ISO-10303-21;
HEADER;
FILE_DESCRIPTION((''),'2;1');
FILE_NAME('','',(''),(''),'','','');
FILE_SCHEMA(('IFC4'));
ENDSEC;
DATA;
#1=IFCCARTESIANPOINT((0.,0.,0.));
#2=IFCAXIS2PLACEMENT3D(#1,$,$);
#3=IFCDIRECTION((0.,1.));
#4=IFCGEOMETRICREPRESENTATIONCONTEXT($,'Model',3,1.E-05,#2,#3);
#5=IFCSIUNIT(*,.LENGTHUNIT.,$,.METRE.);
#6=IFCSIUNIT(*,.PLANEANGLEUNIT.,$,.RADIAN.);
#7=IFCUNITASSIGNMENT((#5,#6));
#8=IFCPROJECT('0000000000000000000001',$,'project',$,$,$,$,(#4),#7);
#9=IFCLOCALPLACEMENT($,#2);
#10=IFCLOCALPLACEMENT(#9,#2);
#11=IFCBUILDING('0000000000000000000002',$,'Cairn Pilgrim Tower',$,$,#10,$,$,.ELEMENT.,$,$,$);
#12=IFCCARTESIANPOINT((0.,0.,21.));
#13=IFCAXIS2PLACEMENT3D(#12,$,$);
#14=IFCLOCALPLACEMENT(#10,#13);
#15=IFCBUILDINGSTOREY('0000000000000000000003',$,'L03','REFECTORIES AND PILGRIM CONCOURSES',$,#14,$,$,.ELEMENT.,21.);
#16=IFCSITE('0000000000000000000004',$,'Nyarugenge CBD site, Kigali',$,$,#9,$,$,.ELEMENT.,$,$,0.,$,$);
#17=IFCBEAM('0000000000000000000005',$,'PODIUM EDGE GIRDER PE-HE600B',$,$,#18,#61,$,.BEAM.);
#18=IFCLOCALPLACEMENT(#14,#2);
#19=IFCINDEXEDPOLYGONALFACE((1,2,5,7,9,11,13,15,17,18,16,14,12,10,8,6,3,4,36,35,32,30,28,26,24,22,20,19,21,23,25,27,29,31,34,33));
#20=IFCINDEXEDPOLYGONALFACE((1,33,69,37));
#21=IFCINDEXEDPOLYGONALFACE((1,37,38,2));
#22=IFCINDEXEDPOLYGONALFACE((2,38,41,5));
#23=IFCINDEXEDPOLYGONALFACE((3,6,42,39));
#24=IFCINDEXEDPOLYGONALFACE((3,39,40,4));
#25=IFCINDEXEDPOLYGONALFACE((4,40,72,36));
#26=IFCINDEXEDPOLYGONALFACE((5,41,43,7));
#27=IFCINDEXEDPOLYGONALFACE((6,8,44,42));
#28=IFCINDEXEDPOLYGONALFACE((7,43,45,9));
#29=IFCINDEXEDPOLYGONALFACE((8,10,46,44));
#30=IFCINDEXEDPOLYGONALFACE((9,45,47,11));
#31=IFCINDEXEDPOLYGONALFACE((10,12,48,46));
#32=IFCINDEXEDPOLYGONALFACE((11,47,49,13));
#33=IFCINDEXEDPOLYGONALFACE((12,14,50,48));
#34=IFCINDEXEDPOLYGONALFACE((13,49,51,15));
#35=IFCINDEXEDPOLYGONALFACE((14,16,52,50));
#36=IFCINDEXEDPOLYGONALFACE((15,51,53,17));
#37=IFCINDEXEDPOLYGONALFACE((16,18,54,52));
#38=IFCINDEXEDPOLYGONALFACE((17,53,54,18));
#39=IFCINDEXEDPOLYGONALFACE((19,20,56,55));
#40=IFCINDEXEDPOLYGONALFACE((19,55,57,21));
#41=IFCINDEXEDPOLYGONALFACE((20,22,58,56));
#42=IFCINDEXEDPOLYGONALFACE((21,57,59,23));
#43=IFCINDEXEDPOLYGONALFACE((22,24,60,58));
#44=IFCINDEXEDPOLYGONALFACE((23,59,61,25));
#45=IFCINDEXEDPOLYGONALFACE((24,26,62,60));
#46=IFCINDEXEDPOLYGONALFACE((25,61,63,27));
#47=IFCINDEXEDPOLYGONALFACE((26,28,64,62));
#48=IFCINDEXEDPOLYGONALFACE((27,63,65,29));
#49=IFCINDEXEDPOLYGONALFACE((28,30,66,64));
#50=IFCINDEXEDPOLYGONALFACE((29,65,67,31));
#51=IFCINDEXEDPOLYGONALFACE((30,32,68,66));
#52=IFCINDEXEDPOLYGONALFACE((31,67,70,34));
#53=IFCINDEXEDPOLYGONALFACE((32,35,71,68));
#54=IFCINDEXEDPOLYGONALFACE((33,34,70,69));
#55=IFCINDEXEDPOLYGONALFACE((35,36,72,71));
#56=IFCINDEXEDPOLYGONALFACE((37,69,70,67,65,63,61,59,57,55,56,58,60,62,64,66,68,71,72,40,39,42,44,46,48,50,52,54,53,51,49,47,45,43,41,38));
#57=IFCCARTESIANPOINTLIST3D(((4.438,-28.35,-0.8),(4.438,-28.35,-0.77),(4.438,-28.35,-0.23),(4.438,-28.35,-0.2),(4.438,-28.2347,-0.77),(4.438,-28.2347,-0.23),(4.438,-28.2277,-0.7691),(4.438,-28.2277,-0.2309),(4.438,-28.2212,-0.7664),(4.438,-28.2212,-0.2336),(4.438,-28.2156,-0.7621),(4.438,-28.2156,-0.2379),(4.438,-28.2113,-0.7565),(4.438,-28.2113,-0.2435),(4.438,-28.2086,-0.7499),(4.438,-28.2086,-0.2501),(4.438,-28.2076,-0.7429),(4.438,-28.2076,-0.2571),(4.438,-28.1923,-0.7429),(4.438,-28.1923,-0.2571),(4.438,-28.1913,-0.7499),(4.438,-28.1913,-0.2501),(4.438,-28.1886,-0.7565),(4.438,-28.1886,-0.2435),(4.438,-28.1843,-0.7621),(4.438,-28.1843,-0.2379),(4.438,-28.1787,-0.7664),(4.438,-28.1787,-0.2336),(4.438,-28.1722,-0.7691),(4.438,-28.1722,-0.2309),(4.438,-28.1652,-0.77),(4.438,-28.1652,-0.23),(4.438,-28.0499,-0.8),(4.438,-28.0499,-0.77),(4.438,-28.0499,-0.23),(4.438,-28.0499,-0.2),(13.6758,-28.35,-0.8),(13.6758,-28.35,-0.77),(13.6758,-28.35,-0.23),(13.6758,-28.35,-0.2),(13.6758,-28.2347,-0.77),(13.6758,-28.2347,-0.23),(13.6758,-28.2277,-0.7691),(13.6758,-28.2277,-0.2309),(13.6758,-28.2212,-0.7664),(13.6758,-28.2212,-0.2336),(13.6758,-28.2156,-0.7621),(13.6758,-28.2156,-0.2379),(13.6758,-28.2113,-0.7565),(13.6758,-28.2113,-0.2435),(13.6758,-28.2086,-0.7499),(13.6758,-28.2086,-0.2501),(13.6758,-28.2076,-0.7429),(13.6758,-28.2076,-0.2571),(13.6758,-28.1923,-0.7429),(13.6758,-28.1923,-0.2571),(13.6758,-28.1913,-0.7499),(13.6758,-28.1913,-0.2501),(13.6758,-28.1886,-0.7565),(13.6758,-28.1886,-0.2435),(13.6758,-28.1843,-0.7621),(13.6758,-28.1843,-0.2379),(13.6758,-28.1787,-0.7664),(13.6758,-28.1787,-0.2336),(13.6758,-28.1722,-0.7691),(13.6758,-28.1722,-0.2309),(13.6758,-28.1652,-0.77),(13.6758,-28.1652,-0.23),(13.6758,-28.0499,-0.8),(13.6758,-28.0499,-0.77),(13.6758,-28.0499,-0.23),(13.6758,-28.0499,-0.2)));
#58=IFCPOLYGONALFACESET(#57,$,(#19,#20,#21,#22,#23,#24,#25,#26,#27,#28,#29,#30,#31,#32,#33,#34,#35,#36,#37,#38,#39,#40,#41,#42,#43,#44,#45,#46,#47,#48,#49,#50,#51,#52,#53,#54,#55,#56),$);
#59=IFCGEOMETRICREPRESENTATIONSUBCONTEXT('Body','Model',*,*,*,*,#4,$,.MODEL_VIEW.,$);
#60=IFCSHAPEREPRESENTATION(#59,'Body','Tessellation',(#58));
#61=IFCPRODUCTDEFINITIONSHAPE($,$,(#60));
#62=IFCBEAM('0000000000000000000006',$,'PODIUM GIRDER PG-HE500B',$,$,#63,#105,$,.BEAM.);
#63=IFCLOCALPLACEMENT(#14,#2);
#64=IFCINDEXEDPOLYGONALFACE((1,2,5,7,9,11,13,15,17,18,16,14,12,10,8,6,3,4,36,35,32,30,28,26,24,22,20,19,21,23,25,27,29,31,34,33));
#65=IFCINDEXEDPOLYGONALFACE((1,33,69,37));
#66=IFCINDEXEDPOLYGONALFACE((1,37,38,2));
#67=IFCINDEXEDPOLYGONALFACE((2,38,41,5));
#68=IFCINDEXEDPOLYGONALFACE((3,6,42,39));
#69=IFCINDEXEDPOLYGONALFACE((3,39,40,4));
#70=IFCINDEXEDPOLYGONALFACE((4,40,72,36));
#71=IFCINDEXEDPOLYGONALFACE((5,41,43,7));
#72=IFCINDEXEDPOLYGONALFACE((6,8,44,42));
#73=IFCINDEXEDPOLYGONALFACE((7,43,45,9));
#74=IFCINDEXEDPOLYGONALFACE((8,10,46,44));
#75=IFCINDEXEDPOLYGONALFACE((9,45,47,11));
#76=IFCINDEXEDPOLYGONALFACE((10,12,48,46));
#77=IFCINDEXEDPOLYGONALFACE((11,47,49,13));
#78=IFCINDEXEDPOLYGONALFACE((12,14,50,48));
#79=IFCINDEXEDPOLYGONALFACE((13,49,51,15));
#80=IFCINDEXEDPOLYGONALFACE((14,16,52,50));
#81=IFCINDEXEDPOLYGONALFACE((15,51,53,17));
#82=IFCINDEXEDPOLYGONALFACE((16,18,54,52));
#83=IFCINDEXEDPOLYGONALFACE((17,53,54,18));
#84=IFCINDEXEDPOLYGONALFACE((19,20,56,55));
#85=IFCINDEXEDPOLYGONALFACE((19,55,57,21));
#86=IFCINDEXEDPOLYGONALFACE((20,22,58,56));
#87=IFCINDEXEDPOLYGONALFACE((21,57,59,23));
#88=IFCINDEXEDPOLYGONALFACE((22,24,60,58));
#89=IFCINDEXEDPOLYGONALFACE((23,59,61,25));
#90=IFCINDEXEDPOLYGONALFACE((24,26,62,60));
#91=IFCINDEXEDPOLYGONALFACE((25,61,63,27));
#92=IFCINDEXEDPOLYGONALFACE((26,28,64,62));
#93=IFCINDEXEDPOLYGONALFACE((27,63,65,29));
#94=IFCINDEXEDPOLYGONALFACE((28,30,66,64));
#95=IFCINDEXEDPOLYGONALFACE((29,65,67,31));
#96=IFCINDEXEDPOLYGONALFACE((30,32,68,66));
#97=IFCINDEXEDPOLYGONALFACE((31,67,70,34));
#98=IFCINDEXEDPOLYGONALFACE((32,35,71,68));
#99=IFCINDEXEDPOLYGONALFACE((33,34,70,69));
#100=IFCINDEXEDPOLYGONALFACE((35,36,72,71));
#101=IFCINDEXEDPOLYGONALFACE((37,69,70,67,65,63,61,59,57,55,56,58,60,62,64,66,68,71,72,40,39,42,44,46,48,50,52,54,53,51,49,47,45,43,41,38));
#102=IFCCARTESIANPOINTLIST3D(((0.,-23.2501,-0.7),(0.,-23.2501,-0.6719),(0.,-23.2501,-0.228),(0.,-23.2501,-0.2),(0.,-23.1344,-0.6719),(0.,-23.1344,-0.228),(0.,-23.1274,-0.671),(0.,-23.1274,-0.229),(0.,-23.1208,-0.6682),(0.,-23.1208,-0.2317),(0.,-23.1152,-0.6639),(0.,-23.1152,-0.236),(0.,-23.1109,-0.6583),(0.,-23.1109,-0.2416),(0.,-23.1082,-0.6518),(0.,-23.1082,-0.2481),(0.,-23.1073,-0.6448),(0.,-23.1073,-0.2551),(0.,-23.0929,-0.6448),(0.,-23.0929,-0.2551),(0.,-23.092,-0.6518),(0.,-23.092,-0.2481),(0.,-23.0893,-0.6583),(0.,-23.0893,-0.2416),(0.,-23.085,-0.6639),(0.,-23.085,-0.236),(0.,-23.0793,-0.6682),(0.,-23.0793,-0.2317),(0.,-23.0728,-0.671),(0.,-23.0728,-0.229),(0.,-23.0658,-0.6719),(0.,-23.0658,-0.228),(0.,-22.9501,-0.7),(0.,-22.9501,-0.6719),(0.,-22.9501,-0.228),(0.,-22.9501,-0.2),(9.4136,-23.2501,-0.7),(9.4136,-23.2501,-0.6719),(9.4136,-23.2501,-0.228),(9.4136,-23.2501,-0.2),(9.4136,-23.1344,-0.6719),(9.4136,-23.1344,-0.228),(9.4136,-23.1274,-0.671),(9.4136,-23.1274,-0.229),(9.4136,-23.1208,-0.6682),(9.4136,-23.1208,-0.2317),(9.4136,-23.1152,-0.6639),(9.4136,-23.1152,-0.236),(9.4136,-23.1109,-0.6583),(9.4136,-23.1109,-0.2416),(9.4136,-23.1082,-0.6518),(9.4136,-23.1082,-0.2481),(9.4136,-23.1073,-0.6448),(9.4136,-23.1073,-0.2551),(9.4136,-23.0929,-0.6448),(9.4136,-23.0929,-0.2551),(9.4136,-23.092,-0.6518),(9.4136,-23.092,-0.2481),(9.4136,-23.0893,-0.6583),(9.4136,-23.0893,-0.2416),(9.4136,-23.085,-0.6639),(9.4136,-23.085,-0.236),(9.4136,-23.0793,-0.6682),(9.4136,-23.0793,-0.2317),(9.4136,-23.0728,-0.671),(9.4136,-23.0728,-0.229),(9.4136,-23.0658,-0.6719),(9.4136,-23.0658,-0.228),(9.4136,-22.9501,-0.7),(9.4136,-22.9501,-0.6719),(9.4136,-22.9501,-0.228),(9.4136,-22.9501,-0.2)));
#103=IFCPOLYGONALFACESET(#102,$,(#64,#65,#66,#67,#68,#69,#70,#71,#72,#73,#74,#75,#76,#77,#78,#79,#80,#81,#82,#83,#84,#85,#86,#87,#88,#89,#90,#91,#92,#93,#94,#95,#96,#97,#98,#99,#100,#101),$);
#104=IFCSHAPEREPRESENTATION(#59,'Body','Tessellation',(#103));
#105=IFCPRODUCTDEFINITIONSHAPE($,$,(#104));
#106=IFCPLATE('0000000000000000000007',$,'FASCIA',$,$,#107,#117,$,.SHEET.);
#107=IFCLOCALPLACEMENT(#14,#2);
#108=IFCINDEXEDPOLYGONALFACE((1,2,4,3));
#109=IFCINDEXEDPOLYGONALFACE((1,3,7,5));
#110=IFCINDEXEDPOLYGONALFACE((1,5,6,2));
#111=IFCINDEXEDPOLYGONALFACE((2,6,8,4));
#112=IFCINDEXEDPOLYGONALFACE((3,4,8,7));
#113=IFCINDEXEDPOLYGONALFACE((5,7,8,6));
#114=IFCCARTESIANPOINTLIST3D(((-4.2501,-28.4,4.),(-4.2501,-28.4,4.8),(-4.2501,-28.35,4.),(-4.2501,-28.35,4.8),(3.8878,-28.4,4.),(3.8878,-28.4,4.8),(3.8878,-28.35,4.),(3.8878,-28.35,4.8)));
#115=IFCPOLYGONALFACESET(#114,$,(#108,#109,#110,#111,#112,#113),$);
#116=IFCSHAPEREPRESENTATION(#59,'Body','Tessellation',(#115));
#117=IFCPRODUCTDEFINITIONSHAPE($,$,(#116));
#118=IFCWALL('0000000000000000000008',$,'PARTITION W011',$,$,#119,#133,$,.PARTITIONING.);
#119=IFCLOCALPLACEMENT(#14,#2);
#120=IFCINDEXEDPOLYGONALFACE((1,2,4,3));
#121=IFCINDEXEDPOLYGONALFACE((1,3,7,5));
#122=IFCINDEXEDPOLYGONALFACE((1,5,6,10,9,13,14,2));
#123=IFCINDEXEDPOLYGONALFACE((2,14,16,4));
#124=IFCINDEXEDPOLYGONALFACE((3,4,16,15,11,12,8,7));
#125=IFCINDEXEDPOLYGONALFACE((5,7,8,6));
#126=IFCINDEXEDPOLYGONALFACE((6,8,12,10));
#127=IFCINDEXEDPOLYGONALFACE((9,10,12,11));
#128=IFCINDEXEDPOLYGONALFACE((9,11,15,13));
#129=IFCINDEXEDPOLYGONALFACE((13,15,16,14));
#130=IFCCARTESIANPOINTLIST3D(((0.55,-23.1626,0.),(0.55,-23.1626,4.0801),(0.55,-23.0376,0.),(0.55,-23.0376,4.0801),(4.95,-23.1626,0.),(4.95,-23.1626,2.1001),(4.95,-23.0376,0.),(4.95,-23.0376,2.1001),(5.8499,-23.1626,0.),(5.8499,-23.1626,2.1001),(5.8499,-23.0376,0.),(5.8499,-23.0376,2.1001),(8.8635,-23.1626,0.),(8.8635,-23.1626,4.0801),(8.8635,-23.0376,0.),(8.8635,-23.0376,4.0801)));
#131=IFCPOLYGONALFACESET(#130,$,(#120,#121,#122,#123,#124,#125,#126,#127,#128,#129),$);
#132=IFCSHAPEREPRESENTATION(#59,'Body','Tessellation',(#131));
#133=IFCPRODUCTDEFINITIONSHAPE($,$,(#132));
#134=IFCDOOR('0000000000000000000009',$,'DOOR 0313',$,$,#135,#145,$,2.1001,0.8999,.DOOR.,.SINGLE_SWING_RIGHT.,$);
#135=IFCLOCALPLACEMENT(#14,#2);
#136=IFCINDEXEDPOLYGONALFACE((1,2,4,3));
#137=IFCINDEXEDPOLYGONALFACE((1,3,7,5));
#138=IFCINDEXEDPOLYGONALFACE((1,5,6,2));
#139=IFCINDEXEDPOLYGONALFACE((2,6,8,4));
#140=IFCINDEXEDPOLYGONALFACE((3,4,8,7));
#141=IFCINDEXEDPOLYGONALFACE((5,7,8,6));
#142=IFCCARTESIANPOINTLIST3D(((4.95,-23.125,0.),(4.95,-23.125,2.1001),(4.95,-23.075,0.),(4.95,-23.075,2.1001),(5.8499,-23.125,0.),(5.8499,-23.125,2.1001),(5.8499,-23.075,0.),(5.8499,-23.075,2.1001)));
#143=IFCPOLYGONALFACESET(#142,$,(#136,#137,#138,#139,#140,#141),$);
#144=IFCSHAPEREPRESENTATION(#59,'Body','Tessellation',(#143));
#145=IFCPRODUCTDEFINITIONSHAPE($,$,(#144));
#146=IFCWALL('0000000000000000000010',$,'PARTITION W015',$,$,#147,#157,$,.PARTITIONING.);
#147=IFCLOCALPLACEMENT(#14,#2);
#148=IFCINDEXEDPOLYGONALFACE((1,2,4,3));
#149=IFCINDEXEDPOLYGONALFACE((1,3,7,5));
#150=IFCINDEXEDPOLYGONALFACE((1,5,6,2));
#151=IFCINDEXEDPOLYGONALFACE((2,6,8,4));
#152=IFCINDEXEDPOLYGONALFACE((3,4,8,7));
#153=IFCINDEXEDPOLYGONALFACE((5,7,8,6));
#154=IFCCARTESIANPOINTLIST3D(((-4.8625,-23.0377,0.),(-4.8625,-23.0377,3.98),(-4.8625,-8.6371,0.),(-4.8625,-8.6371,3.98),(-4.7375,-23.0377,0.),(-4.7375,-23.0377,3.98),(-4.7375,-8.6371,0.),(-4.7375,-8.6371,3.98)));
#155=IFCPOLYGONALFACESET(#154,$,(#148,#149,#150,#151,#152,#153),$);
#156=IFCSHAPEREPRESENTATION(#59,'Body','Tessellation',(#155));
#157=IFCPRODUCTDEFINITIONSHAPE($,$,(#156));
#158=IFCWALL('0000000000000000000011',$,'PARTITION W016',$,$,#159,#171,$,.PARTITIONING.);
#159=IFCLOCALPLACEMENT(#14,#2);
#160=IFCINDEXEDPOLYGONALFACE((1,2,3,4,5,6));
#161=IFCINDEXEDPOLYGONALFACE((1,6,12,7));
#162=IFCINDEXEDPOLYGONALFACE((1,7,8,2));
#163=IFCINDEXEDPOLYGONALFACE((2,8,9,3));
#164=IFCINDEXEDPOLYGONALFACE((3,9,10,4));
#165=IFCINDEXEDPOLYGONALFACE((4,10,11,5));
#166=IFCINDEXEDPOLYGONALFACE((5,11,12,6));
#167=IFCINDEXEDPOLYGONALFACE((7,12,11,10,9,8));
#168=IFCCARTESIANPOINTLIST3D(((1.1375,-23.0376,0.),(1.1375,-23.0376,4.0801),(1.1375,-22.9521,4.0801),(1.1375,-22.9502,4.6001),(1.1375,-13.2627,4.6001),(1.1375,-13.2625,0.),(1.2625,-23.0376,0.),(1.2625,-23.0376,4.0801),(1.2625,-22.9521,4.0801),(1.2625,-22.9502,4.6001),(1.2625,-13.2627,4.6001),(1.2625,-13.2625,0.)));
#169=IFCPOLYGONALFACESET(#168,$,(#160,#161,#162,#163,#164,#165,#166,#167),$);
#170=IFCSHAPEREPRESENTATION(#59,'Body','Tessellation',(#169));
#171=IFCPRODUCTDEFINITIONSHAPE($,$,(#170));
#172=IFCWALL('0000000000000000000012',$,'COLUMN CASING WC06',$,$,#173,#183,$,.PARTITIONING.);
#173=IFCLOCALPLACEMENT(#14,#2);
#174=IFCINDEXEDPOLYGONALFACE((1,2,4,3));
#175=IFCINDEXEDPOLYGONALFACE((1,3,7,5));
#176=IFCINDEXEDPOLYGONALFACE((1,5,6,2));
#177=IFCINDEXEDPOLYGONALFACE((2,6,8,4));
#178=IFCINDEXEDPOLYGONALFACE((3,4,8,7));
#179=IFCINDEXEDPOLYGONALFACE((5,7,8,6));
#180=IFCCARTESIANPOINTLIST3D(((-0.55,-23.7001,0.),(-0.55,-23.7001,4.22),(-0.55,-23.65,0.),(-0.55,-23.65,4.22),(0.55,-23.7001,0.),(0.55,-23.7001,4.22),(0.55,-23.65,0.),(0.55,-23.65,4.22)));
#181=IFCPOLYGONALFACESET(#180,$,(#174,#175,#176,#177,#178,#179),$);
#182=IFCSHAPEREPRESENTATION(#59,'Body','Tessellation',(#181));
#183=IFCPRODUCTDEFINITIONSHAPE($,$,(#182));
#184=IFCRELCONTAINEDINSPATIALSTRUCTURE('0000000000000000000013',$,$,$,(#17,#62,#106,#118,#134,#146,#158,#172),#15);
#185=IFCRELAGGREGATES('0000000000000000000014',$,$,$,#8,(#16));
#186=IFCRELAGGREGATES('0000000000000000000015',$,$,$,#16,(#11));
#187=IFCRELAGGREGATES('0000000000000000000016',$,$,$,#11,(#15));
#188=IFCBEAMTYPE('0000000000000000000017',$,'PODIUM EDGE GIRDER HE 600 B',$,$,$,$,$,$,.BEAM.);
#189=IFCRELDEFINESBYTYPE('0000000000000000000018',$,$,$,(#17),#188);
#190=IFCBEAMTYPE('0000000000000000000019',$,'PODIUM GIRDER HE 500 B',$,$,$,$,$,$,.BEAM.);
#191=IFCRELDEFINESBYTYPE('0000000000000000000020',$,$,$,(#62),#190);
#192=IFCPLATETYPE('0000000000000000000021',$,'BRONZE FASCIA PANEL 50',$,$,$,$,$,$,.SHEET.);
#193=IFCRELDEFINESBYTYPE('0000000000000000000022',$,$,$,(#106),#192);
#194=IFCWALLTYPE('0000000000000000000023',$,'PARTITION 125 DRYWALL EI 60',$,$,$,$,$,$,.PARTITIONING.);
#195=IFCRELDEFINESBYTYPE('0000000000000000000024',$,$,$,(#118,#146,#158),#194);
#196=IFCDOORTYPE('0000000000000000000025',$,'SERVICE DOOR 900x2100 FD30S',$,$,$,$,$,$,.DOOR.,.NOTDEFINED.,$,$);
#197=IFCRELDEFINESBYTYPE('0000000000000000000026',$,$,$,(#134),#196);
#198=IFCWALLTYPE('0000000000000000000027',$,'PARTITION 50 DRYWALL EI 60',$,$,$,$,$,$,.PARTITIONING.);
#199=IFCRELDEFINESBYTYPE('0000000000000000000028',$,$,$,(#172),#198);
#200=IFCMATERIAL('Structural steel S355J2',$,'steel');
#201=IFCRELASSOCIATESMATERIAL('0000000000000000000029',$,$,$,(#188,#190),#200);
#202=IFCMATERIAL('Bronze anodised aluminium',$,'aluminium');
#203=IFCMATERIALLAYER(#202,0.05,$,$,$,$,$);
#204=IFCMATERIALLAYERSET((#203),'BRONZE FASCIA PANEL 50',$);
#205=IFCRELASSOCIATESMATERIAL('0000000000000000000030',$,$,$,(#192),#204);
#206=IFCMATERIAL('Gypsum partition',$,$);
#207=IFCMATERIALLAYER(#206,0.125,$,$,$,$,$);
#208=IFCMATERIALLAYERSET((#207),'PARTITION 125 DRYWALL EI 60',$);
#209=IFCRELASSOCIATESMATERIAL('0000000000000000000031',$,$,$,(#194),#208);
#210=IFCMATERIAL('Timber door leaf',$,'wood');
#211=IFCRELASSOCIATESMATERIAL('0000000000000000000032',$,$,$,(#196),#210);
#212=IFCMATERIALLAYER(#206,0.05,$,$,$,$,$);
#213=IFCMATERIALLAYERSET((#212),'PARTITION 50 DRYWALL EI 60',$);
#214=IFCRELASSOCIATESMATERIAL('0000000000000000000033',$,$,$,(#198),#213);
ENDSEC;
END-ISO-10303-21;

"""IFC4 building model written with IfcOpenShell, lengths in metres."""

from ifc_helpers import new_model, si_unit, direction, frame, frame_2d, origin, origin_2d, place, context, subcontext, project, spatial, polyline, rectangle, i_section, outline, extrude, material, layer, layer_set, material_profile, profile_set, type_object, element, fill, save


model = new_model("IFC4")

# Units and contexts
model_context = context("Model", 3, precision=1e-05, world=origin(), true_north=direction((0.0, 1.0)))
body_context = subcontext(model_context, "Body", "Model", "MODEL_VIEW")
ifc_project = project(units=[si_unit("LENGTHUNIT", "METRE"), si_unit("PLANEANGLEUNIT", "RADIAN")], contexts=[model_context])

# Site, building, storey
site_placement = place(None, origin())
site = spatial("IfcSite", under=ifc_project, at=site_placement, Name="Nyarugenge CBD site, Kigali", CompositionType="ELEMENT", RefElevation=0.0)
building_placement = place(site_placement, origin())
building = spatial("IfcBuilding", under=site, at=building_placement, Name="Cairn Pilgrim Tower", CompositionType="ELEMENT")
storey_placement = place(building_placement, frame((0.0, 0.0, 21.0)))
storey = spatial("IfcBuildingStorey", under=building, at=storey_placement, Name="L03", Description="REFECTORIES AND PILGRIM CONCOURSES", CompositionType="ELEMENT", Elevation=21.0)

# Beams
ifc_material_1 = material(Name="Structural steel S355J2", Category="steel")
ifc_material_profile_1 = material_profile(ifc_material_1, i_section(OverallWidth=0.3, OverallDepth=0.6001, WebThickness=0.0154, FlangeThickness=0.03, FilletRadius=0.0271, at=origin_2d()), Name="HEB 600")
ifc_profile_set_1 = profile_set([ifc_material_profile_1], Name="Structural steel S355J2")
beam_type_1 = type_object("IfcBeamType", Name="PODIUM EDGE GIRDER HE 600 B", PredefinedType="BEAM", material=ifc_profile_set_1)
beam_1_placement = place(storey_placement, frame((4.438, -28.2, -0.5), z_axis=(1.0, 0.0, 0.0), x_axis=(0.0, 1.0, 0.0)))
element("IfcBeam", 1, at=beam_1_placement, inside=storey, type_object=beam_type_1, Name="PODIUM EDGE GIRDER PE-HE600B", PredefinedType="BEAM", context=body_context, shape_type="SweptSolid", body=[
    extrude(i_section(OverallWidth=0.3, OverallDepth=0.6001, WebThickness=0.0154, FlangeThickness=0.03, FilletRadius=0.0271, at=origin_2d()), origin(), (0.0, 0.0, 1.0), 9.2378),
])
ifc_material_profile_2 = material_profile(ifc_material_1, i_section(OverallWidth=0.3, OverallDepth=0.5, WebThickness=0.0144, FlangeThickness=0.0281, FilletRadius=0.0271, at=origin_2d()), Name="HEB 500")
ifc_profile_set_2 = profile_set([ifc_material_profile_2], Name="Structural steel S355J2")
beam_type_2 = type_object("IfcBeamType", Name="PODIUM GIRDER HE 500 B", PredefinedType="BEAM", material=ifc_profile_set_2)
beam_2_placement = place(storey_placement, frame((0.0, -23.1001, -0.45), z_axis=(1.0, 0.0, 0.0), x_axis=(0.0, 1.0, 0.0)))
element("IfcBeam", 2, at=beam_2_placement, inside=storey, type_object=beam_type_2, Name="PODIUM GIRDER PG-HE500B", PredefinedType="BEAM", context=body_context, shape_type="SweptSolid", body=[
    extrude(i_section(OverallWidth=0.3, OverallDepth=0.5, WebThickness=0.0144, FlangeThickness=0.0281, FilletRadius=0.0271, at=origin_2d()), origin(), (0.0, 0.0, 1.0), 9.4136),
])

# Plate
ifc_material_2 = material(Name="Bronze anodised aluminium", Category="aluminium")
ifc_layer_1 = layer(ifc_material_2, 0.05)
ifc_layer_set_1 = layer_set([ifc_layer_1], Name="BRONZE FASCIA PANEL 50")
plate_type = type_object("IfcPlateType", Name="BRONZE FASCIA PANEL 50", PredefinedType="SHEET", material=ifc_layer_set_1)
plate_placement = place(storey_placement, frame((-0.1812, -28.375, 4.0), z_axis=(0.0, 0.0, 1.0), x_axis=(1.0, 0.0, 0.0)))
element("IfcPlate", 3, at=plate_placement, inside=storey, type_object=plate_type, Name="FASCIA", PredefinedType="SHEET", context=body_context, shape_type="SweptSolid", body=[
    extrude(rectangle(XDim=8.1379, YDim=0.05, at=origin_2d()), origin(), (0.0, 0.0, 1.0), 0.8),
])

# Wall, opening, door
ifc_material_3 = material(Name="Gypsum partition")
ifc_layer_2 = layer(ifc_material_3, 0.125)
ifc_layer_set_2 = layer_set([ifc_layer_2], Name="PARTITION 125 DRYWALL EI 60")
wall_type_1 = type_object("IfcWallType", Name="PARTITION 125 DRYWALL EI 60", PredefinedType="PARTITIONING", material=ifc_layer_set_2)
wall_1_placement = place(storey_placement, frame((0.55, -23.1001, 0.0), z_axis=(0.0, 0.0, 1.0), x_axis=(1.0, 0.0, 0.0)))
wall_1 = element("IfcWall", 4, at=wall_1_placement, inside=storey, type_object=wall_type_1, Name="PARTITION W011", PredefinedType="PARTITIONING", context=body_context, shape_type="SweptSolid", body=[
    extrude(rectangle(XDim=8.3135, YDim=0.125, at=frame_2d((4.1567, 0.0))), origin(), (0.0, 0.0, 1.0), 4.0801),
])
opening_1_placement = place(wall_1_placement, frame((4.3999, 0.0, 0.0)))
opening_1 = element("IfcOpeningElement", 5, at=opening_1_placement, cuts=wall_1, PredefinedType="OPENING", context=body_context, shape_type="SweptSolid", body=[
    extrude(rectangle(XDim=0.8999, YDim=2.1001, at=frame_2d((0.45, 1.05))), frame((0.0, 0.0725, 0.0), z_axis=(0.0, -1.0, 0.0), x_axis=(1.0, 0.0, 0.0)), (0.0, 0.0, 1.0), 0.145),
])
ifc_material_4 = material(Name="Timber door leaf", Category="wood")
door_type = type_object("IfcDoorType", Name="SERVICE DOOR 900x2100 FD30S", OperationType="NOTDEFINED", PredefinedType="DOOR", material=ifc_material_4)
door_placement = place(opening_1_placement, frame((0.8999, 0.0, 0.0), z_axis=(0.0, 0.0, 1.0), x_axis=(-1.0, 0.0, 0.0)))
door = element("IfcDoor", 6, at=door_placement, inside=storey, type_object=door_type, Name="DOOR 0313", OperationType="SINGLE_SWING_RIGHT", OverallHeight=2.1001, OverallWidth=0.8999, PredefinedType="DOOR", context=body_context, shape_type="SweptSolid", body=[
    extrude(rectangle(XDim=0.8999, YDim=2.1001, at=frame_2d((0.45, 1.05))), frame((0.0, 0.0249, 0.0), z_axis=(0.0, -1.0, 0.0), x_axis=(1.0, 0.0, 0.0)), (0.0, 0.0, 1.0), 0.05),
])
fill(opening_1, door)

# Walls
wall_2_placement = place(storey_placement, frame((-4.8, -23.0376, 0.0), z_axis=(0.0, 0.0, 1.0), x_axis=(0.0, 1.0, 0.0)))
element("IfcWall", 7, at=wall_2_placement, inside=storey, type_object=wall_type_1, Name="PARTITION W015", PredefinedType="PARTITIONING", context=body_context, shape_type="SweptSolid", body=[
    extrude(rectangle(XDim=14.4006, YDim=0.125, at=frame_2d((7.2002, 0.0))), origin(), (0.0, 0.0, 1.0), 3.98),
])
wall_3_placement = place(storey_placement, frame((1.2, -23.0376, 0.0), z_axis=(0.0, 0.0, 1.0), x_axis=(0.0, 1.0, 0.0)))
element("IfcWall", 8, at=wall_3_placement, inside=storey, type_object=wall_type_1, Name="PARTITION W016", PredefinedType="PARTITIONING", context=body_context, shape_type="SweptSolid", body=[
    extrude(outline(polyline([(0.0, 0.0), (9.7751, 0.0), (9.7749, 4.6001), (0.0874, 4.6001), (0.0854, 4.0801), (0.0, 4.0801), (0.0, 0.0)])), frame((0.0, 0.0625, 0.0), z_axis=(0.0, -1.0, 0.0), x_axis=(1.0, 0.0, 0.0)), (0.0, 0.0, 1.0), 0.125),
])
ifc_layer_3 = layer(ifc_material_3, 0.05)
ifc_layer_set_3 = layer_set([ifc_layer_3], Name="PARTITION 50 DRYWALL EI 60")
wall_type_2 = type_object("IfcWallType", Name="PARTITION 50 DRYWALL EI 60", PredefinedType="PARTITIONING", material=ifc_layer_set_3)
wall_4_placement = place(storey_placement, frame((-0.55, -23.675, 0.0), z_axis=(0.0, 0.0, 1.0), x_axis=(1.0, 0.0, 0.0)))
element("IfcWall", 9, at=wall_4_placement, inside=storey, type_object=wall_type_2, Name="COLUMN CASING WC06", PredefinedType="PARTITIONING", context=body_context, shape_type="SweptSolid", body=[
    extrude(rectangle(XDim=1.1001, YDim=0.05, at=frame_2d((0.55, 0.0))), origin(), (0.0, 0.0, 1.0), 4.22),
])

save(model, "model.ifc")
